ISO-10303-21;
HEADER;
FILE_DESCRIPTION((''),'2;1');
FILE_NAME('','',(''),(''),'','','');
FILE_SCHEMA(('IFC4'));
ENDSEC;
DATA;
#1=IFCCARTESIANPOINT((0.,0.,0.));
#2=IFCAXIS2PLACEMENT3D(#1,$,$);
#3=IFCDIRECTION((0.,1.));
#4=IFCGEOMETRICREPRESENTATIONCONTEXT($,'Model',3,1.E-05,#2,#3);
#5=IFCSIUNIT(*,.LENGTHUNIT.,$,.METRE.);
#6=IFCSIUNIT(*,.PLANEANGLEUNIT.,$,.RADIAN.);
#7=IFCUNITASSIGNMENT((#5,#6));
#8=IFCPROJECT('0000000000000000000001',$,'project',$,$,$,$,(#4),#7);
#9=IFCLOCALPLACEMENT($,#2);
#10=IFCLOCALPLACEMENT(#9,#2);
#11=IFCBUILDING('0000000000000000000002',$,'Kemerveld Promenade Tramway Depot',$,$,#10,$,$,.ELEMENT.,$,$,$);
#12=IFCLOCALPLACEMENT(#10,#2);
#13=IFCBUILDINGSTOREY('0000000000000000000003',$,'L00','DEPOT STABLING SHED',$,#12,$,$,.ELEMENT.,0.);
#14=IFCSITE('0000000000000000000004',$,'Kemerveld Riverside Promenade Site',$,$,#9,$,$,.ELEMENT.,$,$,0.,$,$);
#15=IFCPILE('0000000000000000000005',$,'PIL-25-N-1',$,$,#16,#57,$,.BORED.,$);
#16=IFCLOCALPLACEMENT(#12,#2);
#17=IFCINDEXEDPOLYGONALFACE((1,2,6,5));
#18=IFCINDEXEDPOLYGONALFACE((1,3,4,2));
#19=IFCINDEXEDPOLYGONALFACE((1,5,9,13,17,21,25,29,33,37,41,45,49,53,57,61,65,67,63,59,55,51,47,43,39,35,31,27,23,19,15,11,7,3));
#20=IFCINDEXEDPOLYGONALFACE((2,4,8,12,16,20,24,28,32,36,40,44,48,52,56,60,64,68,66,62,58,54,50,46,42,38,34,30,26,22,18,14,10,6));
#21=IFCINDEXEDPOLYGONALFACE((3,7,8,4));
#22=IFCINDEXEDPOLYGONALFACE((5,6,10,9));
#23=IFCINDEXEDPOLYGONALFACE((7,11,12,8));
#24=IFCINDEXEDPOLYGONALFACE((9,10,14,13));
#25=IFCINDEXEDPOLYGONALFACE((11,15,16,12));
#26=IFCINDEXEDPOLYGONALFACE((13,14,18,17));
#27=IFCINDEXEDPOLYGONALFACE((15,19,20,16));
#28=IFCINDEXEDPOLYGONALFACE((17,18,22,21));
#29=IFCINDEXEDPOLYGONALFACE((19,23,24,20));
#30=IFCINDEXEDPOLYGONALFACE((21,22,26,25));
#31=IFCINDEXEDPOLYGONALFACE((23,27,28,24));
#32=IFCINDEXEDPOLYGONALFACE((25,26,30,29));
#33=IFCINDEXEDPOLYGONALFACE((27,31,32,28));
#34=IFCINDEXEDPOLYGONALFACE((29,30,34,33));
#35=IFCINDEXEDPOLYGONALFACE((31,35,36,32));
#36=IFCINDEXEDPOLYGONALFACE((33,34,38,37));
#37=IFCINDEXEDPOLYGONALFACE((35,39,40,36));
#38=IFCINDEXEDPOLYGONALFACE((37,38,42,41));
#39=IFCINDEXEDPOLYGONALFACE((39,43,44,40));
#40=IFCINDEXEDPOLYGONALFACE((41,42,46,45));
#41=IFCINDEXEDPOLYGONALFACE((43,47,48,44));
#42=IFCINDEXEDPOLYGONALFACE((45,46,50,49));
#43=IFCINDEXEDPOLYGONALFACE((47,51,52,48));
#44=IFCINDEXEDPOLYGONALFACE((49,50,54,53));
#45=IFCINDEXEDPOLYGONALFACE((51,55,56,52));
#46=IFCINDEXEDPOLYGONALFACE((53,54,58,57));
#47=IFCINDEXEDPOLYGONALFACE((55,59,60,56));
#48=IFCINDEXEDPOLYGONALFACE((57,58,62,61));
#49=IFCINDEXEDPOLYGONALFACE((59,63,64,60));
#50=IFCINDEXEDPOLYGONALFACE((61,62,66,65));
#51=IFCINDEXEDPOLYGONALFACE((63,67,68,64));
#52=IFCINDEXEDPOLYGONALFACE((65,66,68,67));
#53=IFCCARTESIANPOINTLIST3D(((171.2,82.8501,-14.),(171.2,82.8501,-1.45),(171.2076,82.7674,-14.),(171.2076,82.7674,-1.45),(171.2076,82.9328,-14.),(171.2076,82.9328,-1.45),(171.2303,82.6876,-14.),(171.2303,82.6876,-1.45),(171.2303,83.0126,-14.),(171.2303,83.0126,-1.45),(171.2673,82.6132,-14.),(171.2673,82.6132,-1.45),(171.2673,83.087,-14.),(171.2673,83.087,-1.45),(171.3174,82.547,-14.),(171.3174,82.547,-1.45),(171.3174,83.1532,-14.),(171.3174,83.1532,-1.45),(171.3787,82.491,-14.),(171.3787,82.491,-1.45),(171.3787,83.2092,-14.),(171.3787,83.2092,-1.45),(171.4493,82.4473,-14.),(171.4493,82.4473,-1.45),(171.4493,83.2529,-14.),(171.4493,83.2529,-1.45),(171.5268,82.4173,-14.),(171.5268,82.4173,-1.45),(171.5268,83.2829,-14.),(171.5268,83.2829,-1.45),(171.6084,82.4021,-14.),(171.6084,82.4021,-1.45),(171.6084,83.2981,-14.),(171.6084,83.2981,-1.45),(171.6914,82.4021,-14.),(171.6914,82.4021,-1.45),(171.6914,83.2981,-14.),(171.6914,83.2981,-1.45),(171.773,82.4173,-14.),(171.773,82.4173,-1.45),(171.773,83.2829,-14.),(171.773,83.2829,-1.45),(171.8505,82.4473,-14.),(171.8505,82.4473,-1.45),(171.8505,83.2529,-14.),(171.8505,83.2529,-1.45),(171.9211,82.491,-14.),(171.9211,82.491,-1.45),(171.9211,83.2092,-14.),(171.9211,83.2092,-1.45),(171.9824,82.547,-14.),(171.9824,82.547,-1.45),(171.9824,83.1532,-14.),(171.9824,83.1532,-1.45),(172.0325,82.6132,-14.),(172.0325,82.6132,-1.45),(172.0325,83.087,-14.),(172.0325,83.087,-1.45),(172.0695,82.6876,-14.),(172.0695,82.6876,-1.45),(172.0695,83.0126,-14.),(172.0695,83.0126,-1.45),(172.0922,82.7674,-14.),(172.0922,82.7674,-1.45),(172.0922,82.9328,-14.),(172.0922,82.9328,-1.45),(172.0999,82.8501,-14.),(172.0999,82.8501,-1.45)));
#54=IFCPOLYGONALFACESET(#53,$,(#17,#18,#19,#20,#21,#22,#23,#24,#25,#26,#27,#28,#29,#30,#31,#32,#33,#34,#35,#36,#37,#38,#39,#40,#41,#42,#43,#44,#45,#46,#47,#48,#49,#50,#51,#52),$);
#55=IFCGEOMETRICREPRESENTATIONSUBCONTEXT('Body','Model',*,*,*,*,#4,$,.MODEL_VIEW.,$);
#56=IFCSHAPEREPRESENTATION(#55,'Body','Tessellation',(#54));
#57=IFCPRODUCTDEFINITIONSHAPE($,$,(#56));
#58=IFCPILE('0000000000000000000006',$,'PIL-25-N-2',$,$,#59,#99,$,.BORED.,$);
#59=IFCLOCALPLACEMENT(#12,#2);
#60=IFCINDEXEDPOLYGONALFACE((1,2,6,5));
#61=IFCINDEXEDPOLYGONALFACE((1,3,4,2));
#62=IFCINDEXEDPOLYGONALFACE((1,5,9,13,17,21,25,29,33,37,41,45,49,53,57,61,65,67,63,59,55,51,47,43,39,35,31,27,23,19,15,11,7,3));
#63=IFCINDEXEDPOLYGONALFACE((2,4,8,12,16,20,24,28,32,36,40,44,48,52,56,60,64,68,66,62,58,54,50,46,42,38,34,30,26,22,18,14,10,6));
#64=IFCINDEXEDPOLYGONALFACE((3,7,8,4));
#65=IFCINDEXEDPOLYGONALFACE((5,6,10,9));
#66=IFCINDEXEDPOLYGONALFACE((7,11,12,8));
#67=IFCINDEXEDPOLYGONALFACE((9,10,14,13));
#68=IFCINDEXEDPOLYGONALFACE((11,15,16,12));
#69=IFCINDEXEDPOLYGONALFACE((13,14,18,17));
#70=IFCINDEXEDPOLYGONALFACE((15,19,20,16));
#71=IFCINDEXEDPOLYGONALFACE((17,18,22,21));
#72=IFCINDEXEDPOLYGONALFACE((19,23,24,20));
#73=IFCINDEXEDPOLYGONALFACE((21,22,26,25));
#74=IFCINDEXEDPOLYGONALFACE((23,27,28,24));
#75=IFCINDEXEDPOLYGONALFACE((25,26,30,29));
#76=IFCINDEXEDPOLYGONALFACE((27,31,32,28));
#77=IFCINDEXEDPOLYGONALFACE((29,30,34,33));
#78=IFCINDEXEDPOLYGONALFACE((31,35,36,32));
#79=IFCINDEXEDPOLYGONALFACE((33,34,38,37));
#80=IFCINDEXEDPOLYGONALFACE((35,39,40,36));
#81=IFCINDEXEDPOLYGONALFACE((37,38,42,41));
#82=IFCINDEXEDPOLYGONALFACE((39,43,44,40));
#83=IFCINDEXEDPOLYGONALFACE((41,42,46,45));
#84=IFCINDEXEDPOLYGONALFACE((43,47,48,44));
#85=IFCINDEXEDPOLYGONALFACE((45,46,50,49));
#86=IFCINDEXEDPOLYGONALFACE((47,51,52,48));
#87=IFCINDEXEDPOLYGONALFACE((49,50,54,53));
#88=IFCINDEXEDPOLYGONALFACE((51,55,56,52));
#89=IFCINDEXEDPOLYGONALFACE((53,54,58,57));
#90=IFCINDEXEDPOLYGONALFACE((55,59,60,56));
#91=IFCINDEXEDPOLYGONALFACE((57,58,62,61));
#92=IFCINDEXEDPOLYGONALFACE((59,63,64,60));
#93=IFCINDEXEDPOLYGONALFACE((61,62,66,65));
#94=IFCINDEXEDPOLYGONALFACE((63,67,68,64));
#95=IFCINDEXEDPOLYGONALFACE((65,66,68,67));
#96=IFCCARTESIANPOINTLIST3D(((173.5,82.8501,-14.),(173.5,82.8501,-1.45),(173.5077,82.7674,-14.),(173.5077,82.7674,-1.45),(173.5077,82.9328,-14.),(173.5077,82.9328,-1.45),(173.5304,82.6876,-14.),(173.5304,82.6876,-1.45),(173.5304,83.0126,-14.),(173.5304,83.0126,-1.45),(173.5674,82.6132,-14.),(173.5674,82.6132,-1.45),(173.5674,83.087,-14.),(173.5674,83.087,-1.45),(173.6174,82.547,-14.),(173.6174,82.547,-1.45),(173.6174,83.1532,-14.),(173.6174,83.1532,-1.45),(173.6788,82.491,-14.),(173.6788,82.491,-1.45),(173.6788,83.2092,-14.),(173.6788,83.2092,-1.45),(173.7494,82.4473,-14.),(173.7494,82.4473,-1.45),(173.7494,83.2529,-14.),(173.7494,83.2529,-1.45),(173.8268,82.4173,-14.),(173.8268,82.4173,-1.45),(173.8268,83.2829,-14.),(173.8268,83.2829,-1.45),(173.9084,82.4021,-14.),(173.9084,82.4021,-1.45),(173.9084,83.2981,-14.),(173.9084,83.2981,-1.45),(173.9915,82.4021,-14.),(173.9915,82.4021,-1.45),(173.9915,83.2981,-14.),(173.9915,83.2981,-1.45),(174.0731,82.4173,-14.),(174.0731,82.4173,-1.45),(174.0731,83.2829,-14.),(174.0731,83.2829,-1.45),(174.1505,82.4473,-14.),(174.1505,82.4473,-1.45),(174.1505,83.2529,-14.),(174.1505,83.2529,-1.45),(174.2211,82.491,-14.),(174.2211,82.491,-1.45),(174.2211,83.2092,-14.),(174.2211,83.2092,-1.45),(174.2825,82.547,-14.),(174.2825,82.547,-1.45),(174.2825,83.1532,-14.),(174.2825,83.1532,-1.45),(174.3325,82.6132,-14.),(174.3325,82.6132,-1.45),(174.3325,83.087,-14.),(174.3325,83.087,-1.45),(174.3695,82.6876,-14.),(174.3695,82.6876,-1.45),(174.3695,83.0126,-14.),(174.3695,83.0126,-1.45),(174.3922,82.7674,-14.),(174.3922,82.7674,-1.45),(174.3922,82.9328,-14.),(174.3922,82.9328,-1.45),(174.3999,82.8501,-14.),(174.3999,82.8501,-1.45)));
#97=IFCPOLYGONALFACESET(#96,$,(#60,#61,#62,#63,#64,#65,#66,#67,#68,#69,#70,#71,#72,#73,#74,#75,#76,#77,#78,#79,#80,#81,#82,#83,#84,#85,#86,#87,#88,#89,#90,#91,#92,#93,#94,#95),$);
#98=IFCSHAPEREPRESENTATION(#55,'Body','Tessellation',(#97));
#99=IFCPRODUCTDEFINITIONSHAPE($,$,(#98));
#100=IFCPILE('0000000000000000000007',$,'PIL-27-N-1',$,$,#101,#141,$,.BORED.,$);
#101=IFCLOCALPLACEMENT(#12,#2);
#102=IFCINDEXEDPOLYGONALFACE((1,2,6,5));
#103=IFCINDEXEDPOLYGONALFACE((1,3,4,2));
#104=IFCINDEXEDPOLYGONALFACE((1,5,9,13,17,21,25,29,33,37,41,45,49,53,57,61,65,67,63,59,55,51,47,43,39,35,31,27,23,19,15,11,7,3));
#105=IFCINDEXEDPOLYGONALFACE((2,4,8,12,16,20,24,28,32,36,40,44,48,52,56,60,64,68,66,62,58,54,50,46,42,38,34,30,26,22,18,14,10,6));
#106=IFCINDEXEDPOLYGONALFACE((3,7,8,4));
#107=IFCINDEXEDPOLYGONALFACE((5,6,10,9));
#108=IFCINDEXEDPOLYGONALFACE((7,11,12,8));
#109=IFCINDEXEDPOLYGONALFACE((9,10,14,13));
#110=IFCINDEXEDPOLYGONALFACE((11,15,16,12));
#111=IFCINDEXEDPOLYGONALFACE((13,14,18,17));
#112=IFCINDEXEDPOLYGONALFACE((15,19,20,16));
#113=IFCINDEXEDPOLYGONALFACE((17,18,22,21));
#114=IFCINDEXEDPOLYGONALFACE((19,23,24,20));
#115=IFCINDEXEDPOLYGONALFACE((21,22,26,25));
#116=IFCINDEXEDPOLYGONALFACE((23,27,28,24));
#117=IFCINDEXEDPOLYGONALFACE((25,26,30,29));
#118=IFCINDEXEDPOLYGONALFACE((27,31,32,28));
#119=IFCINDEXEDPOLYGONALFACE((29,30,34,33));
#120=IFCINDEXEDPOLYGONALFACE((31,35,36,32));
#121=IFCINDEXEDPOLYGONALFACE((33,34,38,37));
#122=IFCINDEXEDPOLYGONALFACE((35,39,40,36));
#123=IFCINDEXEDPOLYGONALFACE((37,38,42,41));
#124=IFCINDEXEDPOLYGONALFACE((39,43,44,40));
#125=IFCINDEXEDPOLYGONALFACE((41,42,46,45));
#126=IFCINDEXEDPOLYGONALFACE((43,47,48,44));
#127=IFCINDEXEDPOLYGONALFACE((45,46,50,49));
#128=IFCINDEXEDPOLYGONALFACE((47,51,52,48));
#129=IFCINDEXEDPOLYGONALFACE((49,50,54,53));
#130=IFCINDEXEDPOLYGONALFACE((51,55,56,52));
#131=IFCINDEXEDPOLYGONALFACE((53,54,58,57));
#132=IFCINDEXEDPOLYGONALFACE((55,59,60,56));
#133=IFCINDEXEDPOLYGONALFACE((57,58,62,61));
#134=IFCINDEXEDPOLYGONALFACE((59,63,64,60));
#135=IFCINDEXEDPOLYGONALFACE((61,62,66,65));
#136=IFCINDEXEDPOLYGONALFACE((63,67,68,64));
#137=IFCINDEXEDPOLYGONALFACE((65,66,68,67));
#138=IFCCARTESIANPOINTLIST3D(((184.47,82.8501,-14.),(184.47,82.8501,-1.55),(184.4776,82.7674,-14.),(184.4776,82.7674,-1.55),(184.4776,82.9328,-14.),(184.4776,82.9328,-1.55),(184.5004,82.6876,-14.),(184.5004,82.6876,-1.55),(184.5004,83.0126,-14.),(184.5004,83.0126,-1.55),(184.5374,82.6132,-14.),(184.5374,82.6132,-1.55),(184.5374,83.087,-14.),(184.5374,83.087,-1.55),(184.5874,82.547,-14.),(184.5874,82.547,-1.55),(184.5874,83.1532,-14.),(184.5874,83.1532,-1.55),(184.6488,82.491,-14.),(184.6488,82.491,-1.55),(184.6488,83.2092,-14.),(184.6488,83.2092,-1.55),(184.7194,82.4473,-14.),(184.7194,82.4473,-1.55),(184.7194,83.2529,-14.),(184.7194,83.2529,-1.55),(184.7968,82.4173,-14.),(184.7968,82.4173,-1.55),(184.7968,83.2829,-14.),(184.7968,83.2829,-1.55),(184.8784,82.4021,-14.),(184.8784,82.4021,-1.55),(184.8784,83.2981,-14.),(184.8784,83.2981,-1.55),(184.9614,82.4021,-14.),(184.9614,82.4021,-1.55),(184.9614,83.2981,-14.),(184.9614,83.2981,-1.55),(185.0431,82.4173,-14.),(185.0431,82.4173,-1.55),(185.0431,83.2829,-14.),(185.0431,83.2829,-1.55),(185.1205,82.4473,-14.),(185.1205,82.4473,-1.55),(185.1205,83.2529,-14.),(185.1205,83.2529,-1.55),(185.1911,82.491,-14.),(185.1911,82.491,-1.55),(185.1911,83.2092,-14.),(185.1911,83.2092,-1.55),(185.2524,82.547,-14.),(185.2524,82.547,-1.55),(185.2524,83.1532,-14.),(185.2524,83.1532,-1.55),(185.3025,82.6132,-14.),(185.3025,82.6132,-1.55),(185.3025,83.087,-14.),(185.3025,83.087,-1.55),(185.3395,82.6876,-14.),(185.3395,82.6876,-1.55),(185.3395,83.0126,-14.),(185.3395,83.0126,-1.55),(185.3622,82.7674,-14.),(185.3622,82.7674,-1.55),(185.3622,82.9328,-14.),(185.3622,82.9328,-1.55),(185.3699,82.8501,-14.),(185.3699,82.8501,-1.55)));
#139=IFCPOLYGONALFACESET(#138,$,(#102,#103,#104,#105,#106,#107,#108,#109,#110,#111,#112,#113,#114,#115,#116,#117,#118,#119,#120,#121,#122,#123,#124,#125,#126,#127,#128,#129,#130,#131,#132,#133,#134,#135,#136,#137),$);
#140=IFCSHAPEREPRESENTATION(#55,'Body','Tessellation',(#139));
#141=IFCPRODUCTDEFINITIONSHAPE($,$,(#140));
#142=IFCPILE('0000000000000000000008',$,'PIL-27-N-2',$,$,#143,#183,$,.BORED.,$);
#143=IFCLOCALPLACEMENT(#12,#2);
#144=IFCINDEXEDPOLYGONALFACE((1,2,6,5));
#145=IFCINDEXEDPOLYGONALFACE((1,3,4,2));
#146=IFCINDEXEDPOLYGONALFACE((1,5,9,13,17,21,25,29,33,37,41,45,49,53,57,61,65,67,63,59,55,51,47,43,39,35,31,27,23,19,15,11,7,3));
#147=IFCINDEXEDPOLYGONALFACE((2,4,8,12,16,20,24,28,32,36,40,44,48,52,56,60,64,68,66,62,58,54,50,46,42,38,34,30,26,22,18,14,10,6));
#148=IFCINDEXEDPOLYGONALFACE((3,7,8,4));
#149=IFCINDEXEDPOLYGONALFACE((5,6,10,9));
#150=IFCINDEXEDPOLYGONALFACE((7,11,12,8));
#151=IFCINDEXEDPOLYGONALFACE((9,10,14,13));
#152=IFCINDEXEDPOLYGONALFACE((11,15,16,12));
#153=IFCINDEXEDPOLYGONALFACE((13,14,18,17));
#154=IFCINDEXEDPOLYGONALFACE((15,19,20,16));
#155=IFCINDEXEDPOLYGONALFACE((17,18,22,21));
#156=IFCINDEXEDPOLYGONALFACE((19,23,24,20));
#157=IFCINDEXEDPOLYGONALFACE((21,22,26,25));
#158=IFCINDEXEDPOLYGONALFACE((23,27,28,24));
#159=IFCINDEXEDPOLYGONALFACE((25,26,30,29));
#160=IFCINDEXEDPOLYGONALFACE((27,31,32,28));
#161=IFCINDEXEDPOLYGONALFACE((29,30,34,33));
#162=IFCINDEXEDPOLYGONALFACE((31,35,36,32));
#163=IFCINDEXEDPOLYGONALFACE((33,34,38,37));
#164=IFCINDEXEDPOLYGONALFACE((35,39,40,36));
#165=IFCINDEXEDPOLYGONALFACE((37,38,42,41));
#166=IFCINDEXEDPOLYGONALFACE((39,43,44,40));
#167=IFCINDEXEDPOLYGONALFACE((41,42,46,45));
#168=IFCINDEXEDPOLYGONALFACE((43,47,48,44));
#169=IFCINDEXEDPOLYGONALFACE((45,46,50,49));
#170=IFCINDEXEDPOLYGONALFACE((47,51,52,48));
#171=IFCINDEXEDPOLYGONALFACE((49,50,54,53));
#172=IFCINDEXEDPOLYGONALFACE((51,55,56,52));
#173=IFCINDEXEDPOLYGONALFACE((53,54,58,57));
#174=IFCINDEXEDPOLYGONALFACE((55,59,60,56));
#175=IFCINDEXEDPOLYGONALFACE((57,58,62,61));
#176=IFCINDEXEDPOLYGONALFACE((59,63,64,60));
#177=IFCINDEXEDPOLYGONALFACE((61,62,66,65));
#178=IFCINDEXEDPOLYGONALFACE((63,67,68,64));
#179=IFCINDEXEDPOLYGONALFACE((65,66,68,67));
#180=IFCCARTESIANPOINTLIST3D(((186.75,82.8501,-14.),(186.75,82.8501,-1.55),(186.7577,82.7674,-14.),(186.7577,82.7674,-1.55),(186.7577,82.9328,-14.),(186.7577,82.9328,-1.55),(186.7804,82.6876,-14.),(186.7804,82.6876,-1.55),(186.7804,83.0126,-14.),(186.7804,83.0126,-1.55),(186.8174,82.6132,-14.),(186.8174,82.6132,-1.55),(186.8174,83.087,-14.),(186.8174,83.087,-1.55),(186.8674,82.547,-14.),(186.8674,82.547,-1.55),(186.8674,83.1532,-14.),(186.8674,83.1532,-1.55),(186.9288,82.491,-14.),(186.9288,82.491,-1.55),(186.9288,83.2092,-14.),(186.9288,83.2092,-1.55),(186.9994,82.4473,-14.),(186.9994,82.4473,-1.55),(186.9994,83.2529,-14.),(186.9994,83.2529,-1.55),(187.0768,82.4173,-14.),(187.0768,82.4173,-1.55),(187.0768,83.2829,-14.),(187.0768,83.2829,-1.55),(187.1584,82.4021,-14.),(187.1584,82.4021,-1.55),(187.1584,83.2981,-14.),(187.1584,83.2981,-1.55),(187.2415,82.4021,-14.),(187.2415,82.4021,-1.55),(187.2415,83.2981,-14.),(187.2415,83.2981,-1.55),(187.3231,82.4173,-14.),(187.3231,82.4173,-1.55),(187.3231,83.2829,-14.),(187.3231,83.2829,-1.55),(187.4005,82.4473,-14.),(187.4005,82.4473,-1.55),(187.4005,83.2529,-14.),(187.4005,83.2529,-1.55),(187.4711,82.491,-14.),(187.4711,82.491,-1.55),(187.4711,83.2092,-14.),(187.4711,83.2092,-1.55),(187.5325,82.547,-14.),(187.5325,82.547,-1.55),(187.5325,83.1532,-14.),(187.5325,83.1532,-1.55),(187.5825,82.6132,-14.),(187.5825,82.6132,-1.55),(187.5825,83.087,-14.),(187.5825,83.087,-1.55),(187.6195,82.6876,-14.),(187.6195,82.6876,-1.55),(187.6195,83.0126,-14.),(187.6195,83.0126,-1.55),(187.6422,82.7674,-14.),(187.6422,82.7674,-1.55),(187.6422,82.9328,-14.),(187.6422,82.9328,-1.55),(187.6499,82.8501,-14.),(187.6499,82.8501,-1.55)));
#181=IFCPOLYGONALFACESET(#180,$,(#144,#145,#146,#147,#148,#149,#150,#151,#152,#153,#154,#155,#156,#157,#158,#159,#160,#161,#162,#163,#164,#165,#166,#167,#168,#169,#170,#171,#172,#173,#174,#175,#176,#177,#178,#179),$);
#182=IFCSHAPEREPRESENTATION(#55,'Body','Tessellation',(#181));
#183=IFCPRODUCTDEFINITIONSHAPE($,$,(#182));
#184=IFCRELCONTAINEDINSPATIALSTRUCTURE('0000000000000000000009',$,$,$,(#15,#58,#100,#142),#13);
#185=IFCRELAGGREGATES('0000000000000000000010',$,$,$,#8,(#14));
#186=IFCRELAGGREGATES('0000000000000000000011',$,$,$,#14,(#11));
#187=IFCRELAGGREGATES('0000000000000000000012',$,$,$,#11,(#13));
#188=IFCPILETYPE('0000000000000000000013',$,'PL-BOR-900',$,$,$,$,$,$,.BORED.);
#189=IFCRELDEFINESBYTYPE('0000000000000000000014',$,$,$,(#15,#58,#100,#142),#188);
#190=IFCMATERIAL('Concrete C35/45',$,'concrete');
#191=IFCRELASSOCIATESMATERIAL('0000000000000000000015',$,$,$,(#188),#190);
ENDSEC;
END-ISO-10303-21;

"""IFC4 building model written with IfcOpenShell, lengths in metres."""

from ifc_helpers import new_model, si_unit, direction, frame, origin, origin_2d, place, context, subcontext, project, spatial, circle, extrude, material, material_profile, profile_set, type_object, element, save


model = new_model("IFC4")

# Units and contexts
model_context = context("Model", 3, precision=1e-05, world=origin(), true_north=direction((0.0, 1.0)))
body_context = subcontext(model_context, "Body", "Model", "MODEL_VIEW")
ifc_project = project(units=[si_unit("LENGTHUNIT", "METRE"), si_unit("PLANEANGLEUNIT", "RADIAN")], contexts=[model_context])

# Site, building, storey
site_placement = place(None, origin())
site = spatial("IfcSite", under=ifc_project, at=site_placement, Name="Kemerveld Riverside Promenade Site", CompositionType="ELEMENT", RefElevation=0.0)
building_placement = place(site_placement, origin())
building = spatial("IfcBuilding", under=site, at=building_placement, Name="Kemerveld Promenade Tramway Depot", CompositionType="ELEMENT")
storey_placement = place(building_placement, origin())
storey = spatial("IfcBuildingStorey", under=building, at=storey_placement, Name="L00", Description="DEPOT STABLING SHED", CompositionType="ELEMENT", Elevation=0.0)

# Shared definitions
ifc_material_1 = material(Name="Concrete C35/45", Category="concrete")

# Piles
ifc_material_profile_1 = material_profile(ifc_material_1, circle(Radius=0.45, at=origin_2d()), Name="PILE-D900")
ifc_profile_set_1 = profile_set([ifc_material_profile_1], Name="Concrete C35/45")
pile_type_1 = type_object("IfcPileType", Name="PL-BOR-900", PredefinedType="BORED", material=ifc_profile_set_1)
for number, where, z_axis, x_axis, name in (
    (1, (171.6499, 82.8501, -1.45), (0.0, 0.0, -1.0), (1.0, 0.0, 0.0), "PIL-25-N-1"),
    (2, (173.95, 82.8501, -1.45), (0.0, 0.0, -1.0), (1.0, 0.0, 0.0), "PIL-25-N-2"),
):
    element("IfcPile", number, at=place(storey_placement, frame(where, z_axis=z_axis, x_axis=x_axis)), inside=storey, type_object=pile_type_1, Name=name, PredefinedType="BORED", context=body_context, shape_type="SweptSolid", body=[
        extrude(circle(Radius=0.45, at=origin_2d()), origin(), (0.0, 0.0, 1.0), 12.55),
    ])
for number, where, z_axis, x_axis, name in (
    (3, (184.9199, 82.8501, -1.55), (0.0, 0.0, -1.0), (1.0, 0.0, 0.0), "PIL-27-N-1"),
    (4, (187.2, 82.8501, -1.55), (0.0, 0.0, -1.0), (1.0, 0.0, 0.0), "PIL-27-N-2"),
):
    element("IfcPile", number, at=place(storey_placement, frame(where, z_axis=z_axis, x_axis=x_axis)), inside=storey, type_object=pile_type_1, Name=name, PredefinedType="BORED", context=body_context, shape_type="SweptSolid", body=[
        extrude(circle(Radius=0.45, at=origin_2d()), origin(), (0.0, 0.0, 1.0), 12.45),
    ])

save(model, "model.ifc")
